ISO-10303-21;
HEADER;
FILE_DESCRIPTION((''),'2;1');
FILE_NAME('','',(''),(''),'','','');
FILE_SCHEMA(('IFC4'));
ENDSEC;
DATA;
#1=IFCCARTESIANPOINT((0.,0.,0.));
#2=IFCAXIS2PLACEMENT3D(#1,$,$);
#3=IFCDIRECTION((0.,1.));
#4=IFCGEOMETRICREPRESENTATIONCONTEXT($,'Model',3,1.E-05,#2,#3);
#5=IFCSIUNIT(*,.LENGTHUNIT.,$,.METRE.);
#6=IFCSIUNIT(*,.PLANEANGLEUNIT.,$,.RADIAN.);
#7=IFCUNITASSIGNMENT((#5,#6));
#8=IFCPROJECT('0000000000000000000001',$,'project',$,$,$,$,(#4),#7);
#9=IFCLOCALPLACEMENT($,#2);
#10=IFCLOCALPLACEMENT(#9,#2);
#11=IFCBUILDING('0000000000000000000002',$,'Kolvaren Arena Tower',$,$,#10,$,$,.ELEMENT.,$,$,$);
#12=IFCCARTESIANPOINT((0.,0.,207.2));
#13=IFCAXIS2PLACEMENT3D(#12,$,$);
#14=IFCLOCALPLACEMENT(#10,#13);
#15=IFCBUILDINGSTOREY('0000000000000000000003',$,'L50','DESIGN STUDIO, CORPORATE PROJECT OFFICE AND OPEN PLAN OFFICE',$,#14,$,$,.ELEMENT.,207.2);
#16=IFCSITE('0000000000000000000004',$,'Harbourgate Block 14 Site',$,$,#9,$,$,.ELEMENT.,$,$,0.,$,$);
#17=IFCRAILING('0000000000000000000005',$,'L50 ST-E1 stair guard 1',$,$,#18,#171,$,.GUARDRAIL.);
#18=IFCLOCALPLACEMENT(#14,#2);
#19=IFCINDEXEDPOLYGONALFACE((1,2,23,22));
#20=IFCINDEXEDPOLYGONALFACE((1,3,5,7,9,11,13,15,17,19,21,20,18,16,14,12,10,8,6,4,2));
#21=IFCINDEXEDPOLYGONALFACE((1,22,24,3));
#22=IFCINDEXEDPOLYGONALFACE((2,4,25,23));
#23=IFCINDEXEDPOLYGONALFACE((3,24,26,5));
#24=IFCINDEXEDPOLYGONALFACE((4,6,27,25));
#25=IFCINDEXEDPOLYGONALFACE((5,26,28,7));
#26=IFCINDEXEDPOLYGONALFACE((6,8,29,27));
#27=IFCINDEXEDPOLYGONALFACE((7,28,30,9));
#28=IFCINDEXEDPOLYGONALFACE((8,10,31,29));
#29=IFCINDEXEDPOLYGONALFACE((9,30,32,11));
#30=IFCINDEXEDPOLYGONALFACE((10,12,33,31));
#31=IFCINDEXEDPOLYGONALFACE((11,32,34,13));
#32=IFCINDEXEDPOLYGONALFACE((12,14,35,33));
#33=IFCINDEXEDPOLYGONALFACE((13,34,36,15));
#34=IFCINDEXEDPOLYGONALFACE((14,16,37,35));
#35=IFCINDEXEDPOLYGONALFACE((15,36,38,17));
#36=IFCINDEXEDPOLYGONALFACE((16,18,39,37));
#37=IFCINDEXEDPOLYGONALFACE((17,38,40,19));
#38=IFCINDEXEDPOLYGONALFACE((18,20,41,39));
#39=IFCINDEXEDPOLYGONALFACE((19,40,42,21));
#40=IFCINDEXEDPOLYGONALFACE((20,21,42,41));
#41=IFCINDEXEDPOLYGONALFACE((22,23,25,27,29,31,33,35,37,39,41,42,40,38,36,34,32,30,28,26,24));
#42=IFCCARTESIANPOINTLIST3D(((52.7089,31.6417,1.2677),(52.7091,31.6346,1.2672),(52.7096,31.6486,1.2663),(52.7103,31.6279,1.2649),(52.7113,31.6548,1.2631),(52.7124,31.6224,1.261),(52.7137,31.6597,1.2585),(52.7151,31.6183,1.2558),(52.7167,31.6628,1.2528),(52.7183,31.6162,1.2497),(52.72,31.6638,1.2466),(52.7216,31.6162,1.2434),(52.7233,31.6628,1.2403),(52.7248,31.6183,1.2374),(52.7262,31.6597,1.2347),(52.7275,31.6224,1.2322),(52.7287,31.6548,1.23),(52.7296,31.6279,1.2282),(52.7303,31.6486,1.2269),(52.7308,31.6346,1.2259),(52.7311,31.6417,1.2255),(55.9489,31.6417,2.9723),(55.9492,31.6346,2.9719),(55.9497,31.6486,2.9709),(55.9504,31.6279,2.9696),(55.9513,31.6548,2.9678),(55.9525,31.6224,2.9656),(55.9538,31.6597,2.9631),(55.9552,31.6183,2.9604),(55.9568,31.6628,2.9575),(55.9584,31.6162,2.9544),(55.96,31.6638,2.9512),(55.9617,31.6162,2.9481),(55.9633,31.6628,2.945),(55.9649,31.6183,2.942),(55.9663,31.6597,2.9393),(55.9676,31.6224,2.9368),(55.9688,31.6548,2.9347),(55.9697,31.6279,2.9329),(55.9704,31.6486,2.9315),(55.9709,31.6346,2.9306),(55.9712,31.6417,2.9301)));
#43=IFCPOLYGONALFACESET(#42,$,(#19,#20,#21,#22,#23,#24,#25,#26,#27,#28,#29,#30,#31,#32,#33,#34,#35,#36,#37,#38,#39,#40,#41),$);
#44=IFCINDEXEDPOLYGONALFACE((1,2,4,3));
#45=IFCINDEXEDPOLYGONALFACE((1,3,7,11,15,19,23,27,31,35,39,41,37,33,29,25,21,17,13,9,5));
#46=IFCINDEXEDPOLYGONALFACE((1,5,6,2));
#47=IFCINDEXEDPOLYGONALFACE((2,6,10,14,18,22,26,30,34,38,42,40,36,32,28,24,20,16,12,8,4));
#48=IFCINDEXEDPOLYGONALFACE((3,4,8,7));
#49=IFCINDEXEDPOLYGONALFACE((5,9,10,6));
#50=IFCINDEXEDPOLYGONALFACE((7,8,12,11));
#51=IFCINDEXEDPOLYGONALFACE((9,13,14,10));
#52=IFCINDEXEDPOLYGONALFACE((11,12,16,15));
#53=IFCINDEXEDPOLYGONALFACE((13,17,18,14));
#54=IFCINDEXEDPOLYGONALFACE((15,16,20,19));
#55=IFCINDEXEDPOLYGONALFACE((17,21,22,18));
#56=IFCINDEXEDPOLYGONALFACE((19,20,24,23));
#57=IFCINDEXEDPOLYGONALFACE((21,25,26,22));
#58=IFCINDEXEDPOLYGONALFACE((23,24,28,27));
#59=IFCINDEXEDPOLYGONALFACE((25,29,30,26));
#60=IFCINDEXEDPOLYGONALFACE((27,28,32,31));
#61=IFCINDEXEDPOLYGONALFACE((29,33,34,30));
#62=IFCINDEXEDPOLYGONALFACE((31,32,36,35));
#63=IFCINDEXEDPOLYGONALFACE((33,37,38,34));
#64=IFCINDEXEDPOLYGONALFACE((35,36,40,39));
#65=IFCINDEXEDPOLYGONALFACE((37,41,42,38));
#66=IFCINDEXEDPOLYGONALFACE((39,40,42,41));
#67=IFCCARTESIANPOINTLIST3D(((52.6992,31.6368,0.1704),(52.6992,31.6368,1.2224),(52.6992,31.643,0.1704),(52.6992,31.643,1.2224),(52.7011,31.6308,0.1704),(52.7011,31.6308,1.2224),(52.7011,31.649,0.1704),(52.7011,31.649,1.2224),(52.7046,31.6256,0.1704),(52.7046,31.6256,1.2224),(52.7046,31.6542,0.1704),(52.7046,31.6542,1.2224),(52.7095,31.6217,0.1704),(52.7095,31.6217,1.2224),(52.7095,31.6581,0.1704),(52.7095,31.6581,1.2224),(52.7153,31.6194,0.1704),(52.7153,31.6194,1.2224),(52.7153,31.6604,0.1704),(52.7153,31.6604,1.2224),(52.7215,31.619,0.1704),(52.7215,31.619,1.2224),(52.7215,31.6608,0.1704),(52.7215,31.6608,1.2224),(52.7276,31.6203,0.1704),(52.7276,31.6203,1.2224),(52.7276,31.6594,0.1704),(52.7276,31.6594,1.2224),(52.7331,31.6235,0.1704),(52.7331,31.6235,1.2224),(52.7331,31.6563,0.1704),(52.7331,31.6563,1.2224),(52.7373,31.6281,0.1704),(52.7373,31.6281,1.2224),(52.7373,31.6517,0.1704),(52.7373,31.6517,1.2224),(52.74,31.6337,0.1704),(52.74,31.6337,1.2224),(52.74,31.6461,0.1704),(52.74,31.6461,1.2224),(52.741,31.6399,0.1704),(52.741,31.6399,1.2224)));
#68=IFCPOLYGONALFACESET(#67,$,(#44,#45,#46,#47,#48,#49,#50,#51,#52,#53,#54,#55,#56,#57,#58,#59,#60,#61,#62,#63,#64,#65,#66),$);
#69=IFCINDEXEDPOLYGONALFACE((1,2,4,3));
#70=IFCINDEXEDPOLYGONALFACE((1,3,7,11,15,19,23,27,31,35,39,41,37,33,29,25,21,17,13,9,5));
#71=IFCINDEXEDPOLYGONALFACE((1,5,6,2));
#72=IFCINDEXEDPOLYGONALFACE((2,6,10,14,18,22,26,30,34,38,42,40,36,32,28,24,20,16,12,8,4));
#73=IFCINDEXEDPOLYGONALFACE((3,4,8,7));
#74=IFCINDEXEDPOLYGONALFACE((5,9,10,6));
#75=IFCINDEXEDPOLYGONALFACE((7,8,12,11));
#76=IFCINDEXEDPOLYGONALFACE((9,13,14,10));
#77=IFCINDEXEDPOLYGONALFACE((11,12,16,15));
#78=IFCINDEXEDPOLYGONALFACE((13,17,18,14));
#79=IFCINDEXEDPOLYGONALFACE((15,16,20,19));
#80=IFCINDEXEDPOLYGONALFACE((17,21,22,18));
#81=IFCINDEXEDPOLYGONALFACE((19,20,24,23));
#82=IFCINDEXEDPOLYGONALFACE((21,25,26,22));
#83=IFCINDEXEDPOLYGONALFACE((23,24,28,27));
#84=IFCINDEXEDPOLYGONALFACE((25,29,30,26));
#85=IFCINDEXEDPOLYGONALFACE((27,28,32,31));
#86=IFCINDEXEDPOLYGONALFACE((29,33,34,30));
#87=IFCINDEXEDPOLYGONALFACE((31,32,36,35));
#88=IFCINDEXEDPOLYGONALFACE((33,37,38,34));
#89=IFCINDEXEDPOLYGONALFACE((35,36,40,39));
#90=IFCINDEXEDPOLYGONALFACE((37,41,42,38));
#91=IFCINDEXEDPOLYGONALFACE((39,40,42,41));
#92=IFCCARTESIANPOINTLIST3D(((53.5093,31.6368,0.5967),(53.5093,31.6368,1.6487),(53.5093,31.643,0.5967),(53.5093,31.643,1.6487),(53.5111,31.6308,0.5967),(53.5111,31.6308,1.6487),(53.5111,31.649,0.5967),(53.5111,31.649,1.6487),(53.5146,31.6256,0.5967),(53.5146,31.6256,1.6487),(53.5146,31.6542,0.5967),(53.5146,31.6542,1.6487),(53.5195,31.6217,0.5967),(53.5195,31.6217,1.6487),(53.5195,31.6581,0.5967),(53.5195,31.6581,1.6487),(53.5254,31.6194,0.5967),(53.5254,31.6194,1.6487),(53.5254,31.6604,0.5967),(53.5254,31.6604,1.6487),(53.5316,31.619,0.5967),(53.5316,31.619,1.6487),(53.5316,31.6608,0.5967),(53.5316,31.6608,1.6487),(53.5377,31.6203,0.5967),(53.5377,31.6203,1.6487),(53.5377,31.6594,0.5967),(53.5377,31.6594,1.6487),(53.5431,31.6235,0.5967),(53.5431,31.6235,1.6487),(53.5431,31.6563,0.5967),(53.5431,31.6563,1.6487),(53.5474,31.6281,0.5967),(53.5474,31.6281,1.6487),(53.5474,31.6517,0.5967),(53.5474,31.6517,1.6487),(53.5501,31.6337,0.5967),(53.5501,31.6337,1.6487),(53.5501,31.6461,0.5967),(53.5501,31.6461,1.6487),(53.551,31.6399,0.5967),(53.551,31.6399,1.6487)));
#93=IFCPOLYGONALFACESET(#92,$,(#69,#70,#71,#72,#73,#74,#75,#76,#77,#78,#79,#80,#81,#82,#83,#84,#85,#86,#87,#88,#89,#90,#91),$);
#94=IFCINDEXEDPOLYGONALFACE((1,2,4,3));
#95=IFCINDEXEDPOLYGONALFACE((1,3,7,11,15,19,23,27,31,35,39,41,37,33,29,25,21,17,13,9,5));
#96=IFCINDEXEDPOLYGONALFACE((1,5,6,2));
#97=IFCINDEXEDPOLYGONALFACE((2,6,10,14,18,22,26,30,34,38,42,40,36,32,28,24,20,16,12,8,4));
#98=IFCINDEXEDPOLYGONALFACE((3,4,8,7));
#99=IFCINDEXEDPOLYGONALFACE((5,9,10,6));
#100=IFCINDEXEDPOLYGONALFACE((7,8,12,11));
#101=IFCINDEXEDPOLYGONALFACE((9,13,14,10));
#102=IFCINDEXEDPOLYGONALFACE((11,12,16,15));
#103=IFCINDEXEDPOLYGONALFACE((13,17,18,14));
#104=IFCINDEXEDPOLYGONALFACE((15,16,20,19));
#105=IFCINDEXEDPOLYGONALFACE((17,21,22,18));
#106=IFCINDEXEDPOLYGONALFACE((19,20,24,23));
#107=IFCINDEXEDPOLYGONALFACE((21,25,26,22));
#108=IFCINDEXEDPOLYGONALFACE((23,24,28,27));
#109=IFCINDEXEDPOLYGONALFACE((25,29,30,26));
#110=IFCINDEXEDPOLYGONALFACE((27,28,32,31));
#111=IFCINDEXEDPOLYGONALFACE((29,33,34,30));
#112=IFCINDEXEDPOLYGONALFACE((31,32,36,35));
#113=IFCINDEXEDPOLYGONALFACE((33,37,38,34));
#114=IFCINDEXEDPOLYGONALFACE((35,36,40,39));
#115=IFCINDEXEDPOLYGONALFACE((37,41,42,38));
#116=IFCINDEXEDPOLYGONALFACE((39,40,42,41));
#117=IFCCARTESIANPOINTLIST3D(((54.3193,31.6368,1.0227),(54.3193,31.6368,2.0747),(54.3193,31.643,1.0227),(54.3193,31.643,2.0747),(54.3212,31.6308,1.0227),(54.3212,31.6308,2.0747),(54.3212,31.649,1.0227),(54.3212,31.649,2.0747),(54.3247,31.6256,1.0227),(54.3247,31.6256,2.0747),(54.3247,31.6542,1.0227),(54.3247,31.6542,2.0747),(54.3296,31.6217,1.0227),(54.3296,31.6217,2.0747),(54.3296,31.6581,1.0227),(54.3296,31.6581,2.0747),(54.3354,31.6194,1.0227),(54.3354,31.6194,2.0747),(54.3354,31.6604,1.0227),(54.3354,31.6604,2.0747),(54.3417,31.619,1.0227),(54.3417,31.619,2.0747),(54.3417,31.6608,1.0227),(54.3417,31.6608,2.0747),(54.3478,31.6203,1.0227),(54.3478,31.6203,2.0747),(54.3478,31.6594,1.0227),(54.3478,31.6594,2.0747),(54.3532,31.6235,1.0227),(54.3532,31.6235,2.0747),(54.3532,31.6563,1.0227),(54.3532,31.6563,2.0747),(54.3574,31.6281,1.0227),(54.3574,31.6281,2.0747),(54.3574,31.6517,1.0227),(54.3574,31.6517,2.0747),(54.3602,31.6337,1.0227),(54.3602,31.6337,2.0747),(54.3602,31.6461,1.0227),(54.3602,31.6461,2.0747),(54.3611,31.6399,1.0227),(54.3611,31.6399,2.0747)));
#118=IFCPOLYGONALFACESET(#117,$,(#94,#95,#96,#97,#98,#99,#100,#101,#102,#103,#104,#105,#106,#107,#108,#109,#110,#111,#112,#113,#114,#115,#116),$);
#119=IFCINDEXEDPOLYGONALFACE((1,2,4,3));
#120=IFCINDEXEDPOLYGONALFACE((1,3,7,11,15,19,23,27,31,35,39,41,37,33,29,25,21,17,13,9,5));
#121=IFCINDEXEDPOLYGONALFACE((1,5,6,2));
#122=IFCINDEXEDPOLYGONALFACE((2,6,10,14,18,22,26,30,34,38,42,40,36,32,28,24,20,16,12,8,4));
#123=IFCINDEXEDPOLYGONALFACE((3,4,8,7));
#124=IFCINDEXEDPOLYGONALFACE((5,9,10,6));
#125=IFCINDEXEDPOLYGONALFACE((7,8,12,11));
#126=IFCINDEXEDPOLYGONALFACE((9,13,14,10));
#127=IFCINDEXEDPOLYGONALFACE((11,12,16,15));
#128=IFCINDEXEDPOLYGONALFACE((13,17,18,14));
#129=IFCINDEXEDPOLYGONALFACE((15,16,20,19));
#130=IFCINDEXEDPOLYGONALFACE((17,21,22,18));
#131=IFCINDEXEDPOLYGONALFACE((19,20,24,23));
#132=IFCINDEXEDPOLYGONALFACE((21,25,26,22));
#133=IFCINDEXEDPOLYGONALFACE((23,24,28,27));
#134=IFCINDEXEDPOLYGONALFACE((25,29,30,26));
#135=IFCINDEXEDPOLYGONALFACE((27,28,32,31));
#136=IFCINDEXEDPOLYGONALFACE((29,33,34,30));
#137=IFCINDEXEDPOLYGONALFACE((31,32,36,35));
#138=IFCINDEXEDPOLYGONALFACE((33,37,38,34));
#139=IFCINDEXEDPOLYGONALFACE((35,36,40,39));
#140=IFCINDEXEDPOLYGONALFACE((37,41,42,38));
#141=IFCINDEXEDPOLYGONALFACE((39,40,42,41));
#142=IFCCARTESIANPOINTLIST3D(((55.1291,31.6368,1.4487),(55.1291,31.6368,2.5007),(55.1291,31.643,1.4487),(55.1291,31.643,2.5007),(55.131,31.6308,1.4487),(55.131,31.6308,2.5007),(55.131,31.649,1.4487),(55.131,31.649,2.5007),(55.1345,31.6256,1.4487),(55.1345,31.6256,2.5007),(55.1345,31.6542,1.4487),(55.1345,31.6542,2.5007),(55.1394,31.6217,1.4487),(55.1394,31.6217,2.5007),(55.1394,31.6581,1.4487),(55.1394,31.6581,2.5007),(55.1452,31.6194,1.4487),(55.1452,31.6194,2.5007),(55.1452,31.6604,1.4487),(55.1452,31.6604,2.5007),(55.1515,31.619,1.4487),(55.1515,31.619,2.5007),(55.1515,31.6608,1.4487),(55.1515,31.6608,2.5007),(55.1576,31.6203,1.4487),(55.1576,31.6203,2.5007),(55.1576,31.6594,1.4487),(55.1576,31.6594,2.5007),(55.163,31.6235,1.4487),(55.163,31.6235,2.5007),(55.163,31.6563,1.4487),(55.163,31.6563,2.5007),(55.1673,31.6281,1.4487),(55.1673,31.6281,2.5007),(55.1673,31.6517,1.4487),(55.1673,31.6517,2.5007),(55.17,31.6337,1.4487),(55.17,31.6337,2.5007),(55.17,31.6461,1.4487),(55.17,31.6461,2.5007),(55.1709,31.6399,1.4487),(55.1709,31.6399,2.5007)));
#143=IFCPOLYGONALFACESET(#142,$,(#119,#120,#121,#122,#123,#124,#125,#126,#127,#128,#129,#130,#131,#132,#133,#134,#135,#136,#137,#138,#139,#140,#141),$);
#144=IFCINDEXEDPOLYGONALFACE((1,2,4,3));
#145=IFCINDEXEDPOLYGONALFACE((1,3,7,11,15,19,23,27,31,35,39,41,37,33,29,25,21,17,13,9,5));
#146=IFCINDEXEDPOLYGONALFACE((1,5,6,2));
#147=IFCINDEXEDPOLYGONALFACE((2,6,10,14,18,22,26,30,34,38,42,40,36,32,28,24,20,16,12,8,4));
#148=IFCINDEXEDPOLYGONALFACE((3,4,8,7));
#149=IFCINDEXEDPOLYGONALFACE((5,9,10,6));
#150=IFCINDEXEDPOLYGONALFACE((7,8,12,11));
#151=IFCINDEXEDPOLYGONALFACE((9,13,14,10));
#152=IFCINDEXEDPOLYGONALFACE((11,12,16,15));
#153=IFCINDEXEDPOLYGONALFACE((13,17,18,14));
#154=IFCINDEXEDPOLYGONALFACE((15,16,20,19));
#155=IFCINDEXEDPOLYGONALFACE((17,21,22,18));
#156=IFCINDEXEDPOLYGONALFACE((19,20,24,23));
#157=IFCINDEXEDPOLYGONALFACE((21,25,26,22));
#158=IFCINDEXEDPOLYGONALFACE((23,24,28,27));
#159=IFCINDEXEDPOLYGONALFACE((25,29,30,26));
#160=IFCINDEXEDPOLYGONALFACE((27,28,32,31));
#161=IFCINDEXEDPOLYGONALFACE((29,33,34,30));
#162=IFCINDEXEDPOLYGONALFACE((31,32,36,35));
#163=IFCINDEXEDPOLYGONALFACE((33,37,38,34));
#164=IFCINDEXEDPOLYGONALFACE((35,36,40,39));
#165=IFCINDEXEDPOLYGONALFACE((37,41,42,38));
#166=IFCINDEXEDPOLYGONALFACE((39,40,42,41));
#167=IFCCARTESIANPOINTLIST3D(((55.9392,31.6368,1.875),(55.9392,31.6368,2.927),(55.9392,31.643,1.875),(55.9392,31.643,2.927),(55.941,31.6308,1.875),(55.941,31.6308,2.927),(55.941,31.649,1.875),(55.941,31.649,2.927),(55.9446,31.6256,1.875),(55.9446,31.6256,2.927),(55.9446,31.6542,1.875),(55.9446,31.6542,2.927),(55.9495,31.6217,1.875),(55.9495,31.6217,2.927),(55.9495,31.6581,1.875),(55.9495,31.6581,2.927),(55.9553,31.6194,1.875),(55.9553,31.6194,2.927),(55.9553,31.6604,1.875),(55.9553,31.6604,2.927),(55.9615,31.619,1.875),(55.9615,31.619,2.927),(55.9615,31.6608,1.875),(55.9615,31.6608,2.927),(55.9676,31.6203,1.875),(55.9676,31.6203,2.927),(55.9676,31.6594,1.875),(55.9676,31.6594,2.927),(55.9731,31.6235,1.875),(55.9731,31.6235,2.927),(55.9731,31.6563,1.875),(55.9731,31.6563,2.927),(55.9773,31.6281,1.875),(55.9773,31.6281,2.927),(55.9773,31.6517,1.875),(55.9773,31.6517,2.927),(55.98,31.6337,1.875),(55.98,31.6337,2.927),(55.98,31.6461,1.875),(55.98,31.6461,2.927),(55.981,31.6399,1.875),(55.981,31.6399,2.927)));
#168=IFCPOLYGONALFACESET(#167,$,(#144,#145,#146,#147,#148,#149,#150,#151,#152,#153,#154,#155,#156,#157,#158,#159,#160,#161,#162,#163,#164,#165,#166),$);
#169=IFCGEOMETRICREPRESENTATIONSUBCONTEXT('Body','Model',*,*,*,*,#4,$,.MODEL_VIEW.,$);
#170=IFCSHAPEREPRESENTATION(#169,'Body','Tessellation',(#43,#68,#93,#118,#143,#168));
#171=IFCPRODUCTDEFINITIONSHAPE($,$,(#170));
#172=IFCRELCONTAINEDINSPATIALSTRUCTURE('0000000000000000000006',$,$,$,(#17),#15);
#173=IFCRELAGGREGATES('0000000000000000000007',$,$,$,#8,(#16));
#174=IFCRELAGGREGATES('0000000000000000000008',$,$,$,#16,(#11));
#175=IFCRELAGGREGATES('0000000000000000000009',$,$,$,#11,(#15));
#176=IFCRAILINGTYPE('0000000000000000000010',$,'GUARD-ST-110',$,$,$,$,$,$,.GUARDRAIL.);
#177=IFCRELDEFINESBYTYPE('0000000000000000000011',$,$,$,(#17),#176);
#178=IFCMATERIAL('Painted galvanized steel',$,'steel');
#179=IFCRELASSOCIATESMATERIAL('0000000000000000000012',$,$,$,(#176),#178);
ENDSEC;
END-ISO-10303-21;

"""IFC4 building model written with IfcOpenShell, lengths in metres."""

from ifc_helpers import new_model, si_unit, direction, frame, origin, origin_2d, place, context, subcontext, project, spatial, circle, extrude, material, type_object, element, save


model = new_model("IFC4")

# Units and contexts
model_context = context("Model", 3, precision=1e-05, world=origin(), true_north=direction((0.0, 1.0)))
body_context = subcontext(model_context, "Body", "Model", "MODEL_VIEW")
ifc_project = project(units=[si_unit("LENGTHUNIT", "METRE"), si_unit("PLANEANGLEUNIT", "RADIAN")], contexts=[model_context])

# Site, building, storey
site_placement = place(None, origin())
site = spatial("IfcSite", under=ifc_project, at=site_placement, Name="Harbourgate Block 14 Site", CompositionType="ELEMENT", RefElevation=0.0)
building_placement = place(site_placement, origin())
building = spatial("IfcBuilding", under=site, at=building_placement, Name="Kolvaren Arena Tower", CompositionType="ELEMENT")
storey_placement = place(building_placement, frame((0.0, 0.0, 207.2)))
storey = spatial("IfcBuildingStorey", under=building, at=storey_placement, Name="L50", Description="DESIGN STUDIO, CORPORATE PROJECT OFFICE AND OPEN PLAN OFFICE", CompositionType="ELEMENT", Elevation=207.2)

# Railing
ifc_material_1 = material(Name="Painted galvanized steel", Category="steel")
railing_type_1 = type_object("IfcRailingType", Name="GUARD-ST-110", PredefinedType="GUARDRAIL", material=ifc_material_1)
railing_1_placement = place(storey_placement, frame((52.72, 31.6399, 0.1704)))
element("IfcRailing", 1, at=railing_1_placement, inside=storey, type_object=railing_type_1, Name="L50 ST-E1 stair guard 1", PredefinedType="GUARDRAIL", context=body_context, shape_type="SweptSolid", body=[
    extrude(circle(Radius=0.0239, at=origin_2d()), frame((0.0, 0.0, 1.0762), z_axis=(0.884993, 0.0, 0.465604), x_axis=(0.0, 1.0, 0.0)), (0.0, 0.0, 1.0), 3.6611),
    extrude(circle(Radius=0.021, at=origin_2d()), origin(), (0.0, 0.0, 1.0), 1.052),
    extrude(circle(Radius=0.021, at=origin_2d()), frame((0.8101, 0.0, 0.4263)), (0.0, 0.0, 1.0), 1.052),
    extrude(circle(Radius=0.021, at=origin_2d()), frame((1.6201, 0.0, 0.8523)), (0.0, 0.0, 1.0), 1.052),
    extrude(circle(Radius=0.021, at=origin_2d()), frame((2.4299, 0.0, 1.2783)), (0.0, 0.0, 1.0), 1.052),
    extrude(circle(Radius=0.021, at=origin_2d()), frame((3.24, 0.0, 1.7046)), (0.0, 0.0, 1.0), 1.052),
])

save(model, "model.ifc")
